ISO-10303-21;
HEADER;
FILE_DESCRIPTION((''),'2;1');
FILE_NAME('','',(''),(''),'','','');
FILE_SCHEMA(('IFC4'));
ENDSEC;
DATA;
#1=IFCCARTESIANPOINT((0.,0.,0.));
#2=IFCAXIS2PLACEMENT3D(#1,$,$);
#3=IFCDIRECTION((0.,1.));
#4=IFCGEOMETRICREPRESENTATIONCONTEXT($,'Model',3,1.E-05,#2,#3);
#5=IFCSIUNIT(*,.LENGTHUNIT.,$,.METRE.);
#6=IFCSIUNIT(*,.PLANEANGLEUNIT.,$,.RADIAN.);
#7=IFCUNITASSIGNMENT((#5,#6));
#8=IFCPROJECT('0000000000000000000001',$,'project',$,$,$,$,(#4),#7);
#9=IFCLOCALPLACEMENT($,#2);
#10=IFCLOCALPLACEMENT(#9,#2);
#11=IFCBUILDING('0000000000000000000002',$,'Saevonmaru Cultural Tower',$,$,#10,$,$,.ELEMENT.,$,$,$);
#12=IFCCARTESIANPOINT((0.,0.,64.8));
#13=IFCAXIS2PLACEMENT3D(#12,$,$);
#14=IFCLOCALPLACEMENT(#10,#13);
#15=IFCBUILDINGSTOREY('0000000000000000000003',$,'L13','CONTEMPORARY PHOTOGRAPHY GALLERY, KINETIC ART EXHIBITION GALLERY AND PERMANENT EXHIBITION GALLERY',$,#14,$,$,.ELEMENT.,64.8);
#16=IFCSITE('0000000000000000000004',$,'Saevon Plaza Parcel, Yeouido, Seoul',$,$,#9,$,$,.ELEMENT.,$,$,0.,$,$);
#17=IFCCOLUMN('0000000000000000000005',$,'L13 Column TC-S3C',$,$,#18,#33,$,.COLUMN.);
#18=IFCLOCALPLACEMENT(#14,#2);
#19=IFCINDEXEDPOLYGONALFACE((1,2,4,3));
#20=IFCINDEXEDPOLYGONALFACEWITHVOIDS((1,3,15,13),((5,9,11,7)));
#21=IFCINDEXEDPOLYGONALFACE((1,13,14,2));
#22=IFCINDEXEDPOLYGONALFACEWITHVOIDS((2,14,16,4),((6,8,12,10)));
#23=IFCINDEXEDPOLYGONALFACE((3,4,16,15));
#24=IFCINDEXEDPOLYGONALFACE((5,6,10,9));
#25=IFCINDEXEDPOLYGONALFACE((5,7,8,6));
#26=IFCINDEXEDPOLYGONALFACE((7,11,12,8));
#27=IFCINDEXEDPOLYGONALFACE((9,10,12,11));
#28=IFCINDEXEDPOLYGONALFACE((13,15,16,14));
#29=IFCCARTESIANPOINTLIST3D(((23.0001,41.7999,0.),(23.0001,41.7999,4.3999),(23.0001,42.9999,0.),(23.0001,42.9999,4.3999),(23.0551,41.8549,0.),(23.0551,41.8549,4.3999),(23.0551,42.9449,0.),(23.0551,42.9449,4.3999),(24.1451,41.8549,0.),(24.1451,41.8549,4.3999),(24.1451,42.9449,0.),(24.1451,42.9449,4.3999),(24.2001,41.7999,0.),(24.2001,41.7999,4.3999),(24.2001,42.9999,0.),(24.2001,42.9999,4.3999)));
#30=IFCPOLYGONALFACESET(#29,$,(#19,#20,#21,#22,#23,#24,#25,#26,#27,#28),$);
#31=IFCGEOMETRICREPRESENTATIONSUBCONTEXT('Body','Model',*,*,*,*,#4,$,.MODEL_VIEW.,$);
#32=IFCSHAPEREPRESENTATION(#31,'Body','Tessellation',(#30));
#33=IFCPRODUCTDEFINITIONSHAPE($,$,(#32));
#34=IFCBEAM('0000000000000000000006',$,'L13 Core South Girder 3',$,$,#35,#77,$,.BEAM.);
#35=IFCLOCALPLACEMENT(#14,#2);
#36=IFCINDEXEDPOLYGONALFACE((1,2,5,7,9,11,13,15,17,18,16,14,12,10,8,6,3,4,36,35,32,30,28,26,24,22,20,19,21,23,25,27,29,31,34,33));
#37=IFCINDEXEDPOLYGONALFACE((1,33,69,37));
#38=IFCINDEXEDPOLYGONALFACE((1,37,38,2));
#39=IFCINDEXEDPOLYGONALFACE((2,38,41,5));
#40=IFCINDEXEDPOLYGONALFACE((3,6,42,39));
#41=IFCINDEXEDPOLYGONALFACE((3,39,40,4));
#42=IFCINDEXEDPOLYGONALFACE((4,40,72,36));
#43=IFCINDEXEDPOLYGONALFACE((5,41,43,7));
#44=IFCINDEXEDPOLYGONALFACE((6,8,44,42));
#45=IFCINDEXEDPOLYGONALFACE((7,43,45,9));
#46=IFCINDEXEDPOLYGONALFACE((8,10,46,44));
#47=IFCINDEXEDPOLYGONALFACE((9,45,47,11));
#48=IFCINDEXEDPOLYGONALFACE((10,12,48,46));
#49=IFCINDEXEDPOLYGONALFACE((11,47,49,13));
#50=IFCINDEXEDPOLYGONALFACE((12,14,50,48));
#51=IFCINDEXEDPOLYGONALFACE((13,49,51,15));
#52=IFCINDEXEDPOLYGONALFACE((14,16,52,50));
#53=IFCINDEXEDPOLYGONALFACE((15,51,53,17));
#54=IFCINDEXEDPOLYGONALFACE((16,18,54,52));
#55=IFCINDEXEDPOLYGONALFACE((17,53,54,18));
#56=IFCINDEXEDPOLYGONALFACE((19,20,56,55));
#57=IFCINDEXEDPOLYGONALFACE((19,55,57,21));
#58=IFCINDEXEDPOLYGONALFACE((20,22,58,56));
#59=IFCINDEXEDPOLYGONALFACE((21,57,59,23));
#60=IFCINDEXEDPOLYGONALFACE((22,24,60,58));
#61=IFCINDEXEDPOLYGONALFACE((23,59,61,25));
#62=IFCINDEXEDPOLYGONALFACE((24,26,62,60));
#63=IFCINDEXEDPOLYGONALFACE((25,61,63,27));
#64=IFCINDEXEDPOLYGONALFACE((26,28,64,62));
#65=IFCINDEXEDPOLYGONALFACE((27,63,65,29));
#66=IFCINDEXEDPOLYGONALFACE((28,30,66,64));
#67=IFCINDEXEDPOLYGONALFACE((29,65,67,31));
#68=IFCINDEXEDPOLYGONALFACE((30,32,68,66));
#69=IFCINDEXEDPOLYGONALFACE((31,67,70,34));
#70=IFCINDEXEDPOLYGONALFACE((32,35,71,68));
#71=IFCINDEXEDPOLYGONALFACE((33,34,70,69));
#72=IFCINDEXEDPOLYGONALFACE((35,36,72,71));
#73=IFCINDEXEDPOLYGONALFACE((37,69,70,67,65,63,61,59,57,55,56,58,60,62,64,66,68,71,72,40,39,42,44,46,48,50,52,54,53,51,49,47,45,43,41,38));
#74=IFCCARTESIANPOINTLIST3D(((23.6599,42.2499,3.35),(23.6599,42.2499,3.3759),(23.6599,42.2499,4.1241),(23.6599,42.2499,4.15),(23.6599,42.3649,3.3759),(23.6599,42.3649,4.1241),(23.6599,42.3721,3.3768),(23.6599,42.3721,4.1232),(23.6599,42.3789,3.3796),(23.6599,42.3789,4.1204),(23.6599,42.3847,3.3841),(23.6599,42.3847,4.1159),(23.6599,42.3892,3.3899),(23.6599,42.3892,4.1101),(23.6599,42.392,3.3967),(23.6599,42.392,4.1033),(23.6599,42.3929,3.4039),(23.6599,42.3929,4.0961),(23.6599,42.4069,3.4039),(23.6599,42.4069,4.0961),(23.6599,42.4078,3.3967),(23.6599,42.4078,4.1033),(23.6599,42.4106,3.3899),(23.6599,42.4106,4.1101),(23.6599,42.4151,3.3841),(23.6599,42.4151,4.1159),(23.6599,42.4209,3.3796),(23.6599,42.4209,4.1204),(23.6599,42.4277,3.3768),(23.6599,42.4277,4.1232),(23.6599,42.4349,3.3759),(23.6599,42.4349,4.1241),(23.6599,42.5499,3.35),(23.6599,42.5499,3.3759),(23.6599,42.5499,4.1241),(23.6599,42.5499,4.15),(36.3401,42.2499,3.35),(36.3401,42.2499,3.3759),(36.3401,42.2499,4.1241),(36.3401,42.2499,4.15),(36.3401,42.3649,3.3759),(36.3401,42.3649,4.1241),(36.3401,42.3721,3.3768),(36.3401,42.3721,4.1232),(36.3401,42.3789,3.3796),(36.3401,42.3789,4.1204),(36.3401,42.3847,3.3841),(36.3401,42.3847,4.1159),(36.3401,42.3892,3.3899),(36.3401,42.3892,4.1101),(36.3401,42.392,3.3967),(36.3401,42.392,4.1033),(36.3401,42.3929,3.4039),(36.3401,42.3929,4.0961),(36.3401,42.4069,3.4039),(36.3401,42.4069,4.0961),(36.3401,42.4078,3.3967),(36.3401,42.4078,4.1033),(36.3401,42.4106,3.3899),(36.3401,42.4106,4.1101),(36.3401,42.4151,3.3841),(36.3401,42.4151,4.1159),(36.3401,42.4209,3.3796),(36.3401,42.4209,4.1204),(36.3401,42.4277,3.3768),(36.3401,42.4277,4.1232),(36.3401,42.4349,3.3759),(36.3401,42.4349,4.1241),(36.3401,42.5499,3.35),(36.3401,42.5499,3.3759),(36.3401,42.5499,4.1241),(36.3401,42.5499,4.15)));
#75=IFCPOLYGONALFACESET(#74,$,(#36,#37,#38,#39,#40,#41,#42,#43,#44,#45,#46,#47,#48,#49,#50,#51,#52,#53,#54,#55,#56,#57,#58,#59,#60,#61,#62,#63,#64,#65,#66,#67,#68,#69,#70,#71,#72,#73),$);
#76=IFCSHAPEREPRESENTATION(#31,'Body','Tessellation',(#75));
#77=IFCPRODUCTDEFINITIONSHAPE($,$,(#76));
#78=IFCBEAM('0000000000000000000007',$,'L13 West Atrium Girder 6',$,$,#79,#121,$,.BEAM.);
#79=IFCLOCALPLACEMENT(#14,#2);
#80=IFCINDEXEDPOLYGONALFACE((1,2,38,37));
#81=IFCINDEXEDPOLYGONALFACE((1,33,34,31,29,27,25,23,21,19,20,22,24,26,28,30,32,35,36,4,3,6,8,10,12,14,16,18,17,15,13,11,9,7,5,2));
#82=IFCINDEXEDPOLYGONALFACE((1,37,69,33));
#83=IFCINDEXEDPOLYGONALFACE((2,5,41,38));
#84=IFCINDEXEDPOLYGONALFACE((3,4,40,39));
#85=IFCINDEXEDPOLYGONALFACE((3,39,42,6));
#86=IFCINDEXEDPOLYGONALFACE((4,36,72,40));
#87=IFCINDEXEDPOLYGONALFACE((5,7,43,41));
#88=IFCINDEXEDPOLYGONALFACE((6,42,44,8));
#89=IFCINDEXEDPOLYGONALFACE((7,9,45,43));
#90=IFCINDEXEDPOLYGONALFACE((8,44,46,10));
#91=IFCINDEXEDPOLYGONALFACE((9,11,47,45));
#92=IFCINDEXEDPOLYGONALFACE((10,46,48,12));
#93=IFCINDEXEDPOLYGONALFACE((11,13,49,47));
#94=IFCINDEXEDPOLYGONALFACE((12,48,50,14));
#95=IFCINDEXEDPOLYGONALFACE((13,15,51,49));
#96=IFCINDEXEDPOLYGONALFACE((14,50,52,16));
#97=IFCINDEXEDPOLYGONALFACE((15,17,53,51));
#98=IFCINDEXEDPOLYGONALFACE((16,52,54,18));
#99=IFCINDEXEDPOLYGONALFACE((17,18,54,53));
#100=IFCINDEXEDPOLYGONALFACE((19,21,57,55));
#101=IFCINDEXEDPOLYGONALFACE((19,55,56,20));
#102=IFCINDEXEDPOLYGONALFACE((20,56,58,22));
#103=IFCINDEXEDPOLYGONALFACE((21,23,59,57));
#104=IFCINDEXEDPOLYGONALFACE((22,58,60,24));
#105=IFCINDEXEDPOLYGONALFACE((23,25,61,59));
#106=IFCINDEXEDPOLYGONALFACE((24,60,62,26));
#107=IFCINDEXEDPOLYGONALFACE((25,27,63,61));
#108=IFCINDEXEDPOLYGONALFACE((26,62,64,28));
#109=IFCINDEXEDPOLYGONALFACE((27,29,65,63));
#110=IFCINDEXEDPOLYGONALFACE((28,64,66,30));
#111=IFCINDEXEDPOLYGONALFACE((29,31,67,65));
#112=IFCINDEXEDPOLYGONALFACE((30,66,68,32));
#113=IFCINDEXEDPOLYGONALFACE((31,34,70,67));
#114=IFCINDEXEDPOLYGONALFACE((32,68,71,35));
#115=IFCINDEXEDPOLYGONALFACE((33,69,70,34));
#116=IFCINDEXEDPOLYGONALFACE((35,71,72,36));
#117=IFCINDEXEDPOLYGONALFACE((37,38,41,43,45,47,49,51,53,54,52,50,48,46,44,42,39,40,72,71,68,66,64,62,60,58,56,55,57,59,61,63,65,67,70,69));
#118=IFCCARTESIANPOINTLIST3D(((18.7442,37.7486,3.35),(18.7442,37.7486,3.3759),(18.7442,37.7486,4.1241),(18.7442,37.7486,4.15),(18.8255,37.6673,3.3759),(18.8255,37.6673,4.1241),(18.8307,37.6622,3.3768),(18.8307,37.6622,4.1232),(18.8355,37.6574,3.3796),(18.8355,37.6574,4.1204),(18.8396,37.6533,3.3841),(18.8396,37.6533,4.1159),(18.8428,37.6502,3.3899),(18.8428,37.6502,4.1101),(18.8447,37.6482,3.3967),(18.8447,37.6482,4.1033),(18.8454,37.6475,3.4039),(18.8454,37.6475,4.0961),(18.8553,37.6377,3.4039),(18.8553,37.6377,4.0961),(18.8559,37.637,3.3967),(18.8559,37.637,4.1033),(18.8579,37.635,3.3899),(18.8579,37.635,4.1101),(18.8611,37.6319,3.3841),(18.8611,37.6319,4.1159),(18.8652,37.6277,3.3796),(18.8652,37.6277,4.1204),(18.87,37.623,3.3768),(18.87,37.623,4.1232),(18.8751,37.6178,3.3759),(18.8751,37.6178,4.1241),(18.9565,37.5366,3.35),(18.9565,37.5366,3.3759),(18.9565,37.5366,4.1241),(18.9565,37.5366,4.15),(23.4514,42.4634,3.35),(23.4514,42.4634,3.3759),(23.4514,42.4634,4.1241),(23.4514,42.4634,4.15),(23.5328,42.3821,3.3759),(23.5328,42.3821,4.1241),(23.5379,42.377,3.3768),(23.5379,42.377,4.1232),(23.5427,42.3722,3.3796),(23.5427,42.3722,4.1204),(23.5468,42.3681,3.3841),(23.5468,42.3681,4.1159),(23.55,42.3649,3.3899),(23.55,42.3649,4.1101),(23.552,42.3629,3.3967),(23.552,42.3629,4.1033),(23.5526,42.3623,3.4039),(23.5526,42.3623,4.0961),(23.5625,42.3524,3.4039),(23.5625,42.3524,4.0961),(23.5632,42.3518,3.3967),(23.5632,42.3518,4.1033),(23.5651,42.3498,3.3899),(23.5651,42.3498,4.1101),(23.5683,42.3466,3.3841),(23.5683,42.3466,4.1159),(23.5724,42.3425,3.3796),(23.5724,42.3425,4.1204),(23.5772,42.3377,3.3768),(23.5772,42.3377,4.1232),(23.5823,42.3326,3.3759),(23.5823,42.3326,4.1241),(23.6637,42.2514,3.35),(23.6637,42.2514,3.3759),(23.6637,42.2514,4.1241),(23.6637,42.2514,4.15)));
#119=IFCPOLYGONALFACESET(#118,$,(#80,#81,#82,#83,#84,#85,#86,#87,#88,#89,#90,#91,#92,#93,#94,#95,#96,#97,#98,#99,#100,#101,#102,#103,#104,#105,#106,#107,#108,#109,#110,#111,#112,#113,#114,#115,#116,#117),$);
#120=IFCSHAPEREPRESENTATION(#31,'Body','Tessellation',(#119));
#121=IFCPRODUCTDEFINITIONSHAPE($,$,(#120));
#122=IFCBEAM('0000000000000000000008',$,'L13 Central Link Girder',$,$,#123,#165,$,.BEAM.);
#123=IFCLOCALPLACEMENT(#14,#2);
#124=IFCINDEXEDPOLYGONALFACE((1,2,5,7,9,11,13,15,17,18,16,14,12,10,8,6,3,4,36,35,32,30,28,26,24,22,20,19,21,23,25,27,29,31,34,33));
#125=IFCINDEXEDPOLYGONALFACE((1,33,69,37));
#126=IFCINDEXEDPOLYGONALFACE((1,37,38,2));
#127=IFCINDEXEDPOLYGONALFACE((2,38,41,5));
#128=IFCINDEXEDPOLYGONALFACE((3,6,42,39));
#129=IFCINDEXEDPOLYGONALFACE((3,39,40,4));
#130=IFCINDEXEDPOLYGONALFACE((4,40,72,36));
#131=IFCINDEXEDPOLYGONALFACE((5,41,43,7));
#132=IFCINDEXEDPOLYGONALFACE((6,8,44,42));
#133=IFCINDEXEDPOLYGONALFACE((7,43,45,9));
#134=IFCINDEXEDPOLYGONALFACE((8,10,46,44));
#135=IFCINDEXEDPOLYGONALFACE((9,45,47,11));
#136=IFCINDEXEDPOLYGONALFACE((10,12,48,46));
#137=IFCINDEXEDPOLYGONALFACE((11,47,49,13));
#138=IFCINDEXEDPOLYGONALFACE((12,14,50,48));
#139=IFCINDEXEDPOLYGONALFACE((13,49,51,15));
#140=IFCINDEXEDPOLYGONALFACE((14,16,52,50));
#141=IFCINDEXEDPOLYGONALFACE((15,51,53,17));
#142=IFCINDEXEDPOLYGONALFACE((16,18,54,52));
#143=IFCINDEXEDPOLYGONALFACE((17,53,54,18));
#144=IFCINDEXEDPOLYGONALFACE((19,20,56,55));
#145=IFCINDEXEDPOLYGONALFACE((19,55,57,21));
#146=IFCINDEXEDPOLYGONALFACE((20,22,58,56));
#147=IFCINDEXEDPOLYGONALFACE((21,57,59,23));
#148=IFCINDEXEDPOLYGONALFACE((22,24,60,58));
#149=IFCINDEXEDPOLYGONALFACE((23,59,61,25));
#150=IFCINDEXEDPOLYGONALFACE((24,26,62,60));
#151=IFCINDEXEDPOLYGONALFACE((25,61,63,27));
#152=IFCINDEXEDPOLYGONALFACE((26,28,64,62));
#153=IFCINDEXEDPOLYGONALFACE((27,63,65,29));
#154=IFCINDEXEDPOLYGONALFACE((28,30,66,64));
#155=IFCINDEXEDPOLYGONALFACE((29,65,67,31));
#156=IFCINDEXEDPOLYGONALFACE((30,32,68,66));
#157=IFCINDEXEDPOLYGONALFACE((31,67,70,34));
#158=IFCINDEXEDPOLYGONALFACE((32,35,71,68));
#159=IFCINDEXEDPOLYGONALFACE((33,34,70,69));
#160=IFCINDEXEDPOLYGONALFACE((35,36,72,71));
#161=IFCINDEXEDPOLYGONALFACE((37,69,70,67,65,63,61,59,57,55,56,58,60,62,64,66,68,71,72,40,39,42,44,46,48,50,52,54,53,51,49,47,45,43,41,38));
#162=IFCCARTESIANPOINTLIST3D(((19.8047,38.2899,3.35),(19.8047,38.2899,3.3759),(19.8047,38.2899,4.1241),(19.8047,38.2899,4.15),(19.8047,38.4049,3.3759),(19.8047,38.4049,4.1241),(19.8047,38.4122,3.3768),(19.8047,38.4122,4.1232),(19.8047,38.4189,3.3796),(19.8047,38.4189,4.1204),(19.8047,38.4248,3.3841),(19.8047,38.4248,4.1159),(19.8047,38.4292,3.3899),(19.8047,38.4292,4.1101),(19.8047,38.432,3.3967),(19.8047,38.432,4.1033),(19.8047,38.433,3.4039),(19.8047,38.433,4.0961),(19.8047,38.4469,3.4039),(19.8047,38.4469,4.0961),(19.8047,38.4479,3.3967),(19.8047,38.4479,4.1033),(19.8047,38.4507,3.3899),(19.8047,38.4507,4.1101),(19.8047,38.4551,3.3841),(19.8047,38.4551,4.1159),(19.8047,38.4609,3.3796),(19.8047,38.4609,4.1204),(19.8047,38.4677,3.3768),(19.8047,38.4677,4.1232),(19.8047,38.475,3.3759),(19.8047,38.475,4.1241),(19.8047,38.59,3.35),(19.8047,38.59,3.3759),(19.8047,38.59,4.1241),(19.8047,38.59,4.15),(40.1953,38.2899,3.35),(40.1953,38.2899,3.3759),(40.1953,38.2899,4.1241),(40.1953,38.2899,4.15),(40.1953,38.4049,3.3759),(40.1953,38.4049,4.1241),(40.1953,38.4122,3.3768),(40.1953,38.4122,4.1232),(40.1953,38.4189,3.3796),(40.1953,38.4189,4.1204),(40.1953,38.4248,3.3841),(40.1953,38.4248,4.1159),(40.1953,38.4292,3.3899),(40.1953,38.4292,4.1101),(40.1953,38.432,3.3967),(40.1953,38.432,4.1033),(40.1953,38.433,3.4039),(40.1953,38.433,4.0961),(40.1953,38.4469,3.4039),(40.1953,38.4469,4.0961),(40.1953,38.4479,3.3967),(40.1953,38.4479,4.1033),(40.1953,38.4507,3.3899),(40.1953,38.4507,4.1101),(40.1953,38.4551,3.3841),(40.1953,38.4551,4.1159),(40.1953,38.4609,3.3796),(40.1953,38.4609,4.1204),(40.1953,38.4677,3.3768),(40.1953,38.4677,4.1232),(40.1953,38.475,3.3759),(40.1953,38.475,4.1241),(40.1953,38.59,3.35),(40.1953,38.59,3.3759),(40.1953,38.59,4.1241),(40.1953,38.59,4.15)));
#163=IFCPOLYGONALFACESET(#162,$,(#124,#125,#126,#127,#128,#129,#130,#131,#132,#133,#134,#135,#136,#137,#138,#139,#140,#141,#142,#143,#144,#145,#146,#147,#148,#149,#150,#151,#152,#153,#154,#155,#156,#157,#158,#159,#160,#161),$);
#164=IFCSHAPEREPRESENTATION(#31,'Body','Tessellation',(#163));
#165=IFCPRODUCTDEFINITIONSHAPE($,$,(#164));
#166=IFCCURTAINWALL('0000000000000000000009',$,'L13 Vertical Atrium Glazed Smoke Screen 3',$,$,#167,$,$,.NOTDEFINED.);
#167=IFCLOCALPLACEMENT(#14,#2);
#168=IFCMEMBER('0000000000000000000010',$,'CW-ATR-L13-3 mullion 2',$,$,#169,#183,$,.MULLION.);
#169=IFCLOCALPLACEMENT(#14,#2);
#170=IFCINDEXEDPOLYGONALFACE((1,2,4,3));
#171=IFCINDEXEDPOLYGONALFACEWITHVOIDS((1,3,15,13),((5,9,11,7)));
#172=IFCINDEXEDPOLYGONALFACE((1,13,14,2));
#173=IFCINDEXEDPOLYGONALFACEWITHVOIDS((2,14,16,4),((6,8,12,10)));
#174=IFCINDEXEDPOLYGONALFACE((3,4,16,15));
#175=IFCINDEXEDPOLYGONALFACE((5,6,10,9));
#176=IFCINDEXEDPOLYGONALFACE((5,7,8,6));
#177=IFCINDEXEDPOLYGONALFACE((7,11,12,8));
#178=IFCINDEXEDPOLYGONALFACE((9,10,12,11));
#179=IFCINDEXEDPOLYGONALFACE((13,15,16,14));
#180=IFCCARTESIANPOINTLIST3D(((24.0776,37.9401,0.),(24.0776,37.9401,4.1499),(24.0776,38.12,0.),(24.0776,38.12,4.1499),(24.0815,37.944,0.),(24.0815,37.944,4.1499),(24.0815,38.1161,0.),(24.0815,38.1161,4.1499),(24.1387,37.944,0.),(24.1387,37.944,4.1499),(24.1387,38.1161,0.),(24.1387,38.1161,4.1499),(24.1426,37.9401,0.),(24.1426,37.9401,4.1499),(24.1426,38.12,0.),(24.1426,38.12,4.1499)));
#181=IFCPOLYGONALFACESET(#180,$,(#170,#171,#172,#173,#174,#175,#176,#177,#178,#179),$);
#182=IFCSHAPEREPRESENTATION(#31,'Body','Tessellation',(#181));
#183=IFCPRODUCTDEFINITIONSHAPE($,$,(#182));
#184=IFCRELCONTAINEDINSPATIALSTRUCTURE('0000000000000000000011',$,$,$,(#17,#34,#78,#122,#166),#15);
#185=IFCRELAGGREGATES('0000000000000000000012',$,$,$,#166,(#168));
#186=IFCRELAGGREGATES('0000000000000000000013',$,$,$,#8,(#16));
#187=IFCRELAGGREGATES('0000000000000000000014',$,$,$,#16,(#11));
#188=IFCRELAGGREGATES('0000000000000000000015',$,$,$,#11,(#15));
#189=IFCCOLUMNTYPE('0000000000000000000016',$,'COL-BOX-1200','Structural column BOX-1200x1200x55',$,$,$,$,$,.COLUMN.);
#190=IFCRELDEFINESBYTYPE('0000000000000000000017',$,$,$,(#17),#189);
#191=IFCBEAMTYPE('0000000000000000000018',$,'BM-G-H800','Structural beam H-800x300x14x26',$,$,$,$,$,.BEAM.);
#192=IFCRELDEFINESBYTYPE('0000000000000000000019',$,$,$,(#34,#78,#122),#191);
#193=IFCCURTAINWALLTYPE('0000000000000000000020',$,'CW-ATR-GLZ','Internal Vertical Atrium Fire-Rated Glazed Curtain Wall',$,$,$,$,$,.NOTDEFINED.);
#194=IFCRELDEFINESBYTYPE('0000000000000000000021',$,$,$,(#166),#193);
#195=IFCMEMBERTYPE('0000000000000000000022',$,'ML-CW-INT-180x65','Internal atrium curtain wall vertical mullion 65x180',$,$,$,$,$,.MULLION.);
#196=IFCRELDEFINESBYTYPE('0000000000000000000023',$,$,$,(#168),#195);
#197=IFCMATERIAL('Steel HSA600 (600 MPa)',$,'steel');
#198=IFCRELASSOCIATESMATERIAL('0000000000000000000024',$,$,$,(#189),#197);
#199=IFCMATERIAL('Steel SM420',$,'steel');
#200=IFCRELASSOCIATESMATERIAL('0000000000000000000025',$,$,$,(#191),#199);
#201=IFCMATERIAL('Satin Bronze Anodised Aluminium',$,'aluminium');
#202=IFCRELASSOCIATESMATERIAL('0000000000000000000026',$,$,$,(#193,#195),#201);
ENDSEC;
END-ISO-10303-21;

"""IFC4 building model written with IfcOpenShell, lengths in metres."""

from ifc_helpers import new_model, si_unit, direction, frame, origin, origin_2d, place, context, subcontext, project, spatial, hollow_rectangle, i_section, extrude, material, material_profile, profile_set, type_object, element, aggregate, save


model = new_model("IFC4")

# Units and contexts
model_context = context("Model", 3, precision=1e-05, world=origin(), true_north=direction((0.0, 1.0)))
body_context = subcontext(model_context, "Body", "Model", "MODEL_VIEW")
ifc_project = project(units=[si_unit("LENGTHUNIT", "METRE"), si_unit("PLANEANGLEUNIT", "RADIAN")], contexts=[model_context])

# Site, building, storey
site_placement = place(None, origin())
site = spatial("IfcSite", under=ifc_project, at=site_placement, Name="Saevon Plaza Parcel, Yeouido, Seoul", CompositionType="ELEMENT", RefElevation=0.0)
building_placement = place(site_placement, origin())
building = spatial("IfcBuilding", under=site, at=building_placement, Name="Saevonmaru Cultural Tower", CompositionType="ELEMENT")
storey_placement = place(building_placement, frame((0.0, 0.0, 64.8)))
storey = spatial("IfcBuildingStorey", under=building, at=storey_placement, Name="L13", Description="CONTEMPORARY PHOTOGRAPHY GALLERY, KINETIC ART EXHIBITION GALLERY AND PERMANENT EXHIBITION GALLERY", CompositionType="ELEMENT", Elevation=64.8)

# Column
ifc_material_1 = material(Name="Steel HSA600 (600 MPa)", Category="steel")
ifc_material_profile_1 = material_profile(ifc_material_1, hollow_rectangle(XDim=1.2, YDim=1.2, WallThickness=0.0549, at=origin_2d()), Name="BOX-1200x1200x55")
ifc_profile_set_1 = profile_set([ifc_material_profile_1], Name="Steel HSA600 (600 MPa)")
column_type = type_object("IfcColumnType", Name="COL-BOX-1200", Description="Structural column BOX-1200x1200x55", PredefinedType="COLUMN", material=ifc_profile_set_1)
column_placement = place(storey_placement, frame((23.6001, 42.3999, 0.0), z_axis=(0.0, 0.0, 1.0), x_axis=(1.0, 0.0, 0.0)))
element("IfcColumn", 1, at=column_placement, inside=storey, type_object=column_type, Name="L13 Column TC-S3C", PredefinedType="COLUMN", context=body_context, shape_type="SweptSolid", body=[
    extrude(hollow_rectangle(XDim=1.2, YDim=1.2, WallThickness=0.0549, at=origin_2d()), origin(), (0.0, 0.0, 1.0), 4.3999),
])

# Beams
ifc_material_2 = material(Name="Steel SM420", Category="steel")
ifc_material_profile_2 = material_profile(ifc_material_2, i_section(OverallWidth=0.3, OverallDepth=0.8, WebThickness=0.0139, FlangeThickness=0.0259, FilletRadius=0.0281, at=origin_2d()), Name="H-800x300x14x26")
ifc_profile_set_2 = profile_set([ifc_material_profile_2], Name="Steel SM420")
beam_type = type_object("IfcBeamType", Name="BM-G-H800", Description="Structural beam H-800x300x14x26", PredefinedType="BEAM", material=ifc_profile_set_2)
beam_1_placement = place(storey_placement, frame((23.6599, 42.3999, 3.75), z_axis=(1.0, 0.0, 0.0), x_axis=(0.0, 1.0, 0.0)))
element("IfcBeam", 2, at=beam_1_placement, inside=storey, type_object=beam_type, Name="L13 Core South Girder 3", PredefinedType="BEAM", context=body_context, shape_type="SweptSolid", body=[
    extrude(i_section(OverallWidth=0.3, OverallDepth=0.8, WebThickness=0.0139, FlangeThickness=0.0259, FilletRadius=0.0281, at=origin_2d()), origin(), (0.0, 0.0, 1.0), 12.6802),
])
beam_2_placement = place(storey_placement, frame((18.8503, 37.6426, 3.75), z_axis=(0.706539, 0.707675, 0.0), x_axis=(-0.707675, 0.706539, 0.0)))
element("IfcBeam", 3, at=beam_2_placement, inside=storey, type_object=beam_type, Name="L13 West Atrium Girder 6", PredefinedType="BEAM", context=body_context, shape_type="SweptSolid", body=[
    extrude(i_section(OverallWidth=0.3, OverallDepth=0.8, WebThickness=0.0139, FlangeThickness=0.0259, FilletRadius=0.0281, at=origin_2d()), origin(), (0.0, 0.0, 1.0), 6.6624),
])
beam_3_placement = place(storey_placement, frame((19.8047, 38.4399, 3.75), z_axis=(1.0, 0.0, 0.0), x_axis=(0.0, 1.0, 0.0)))
element("IfcBeam", 4, at=beam_3_placement, inside=storey, type_object=beam_type, Name="L13 Central Link Girder", PredefinedType="BEAM", context=body_context, shape_type="SweptSolid", body=[
    extrude(i_section(OverallWidth=0.3, OverallDepth=0.8, WebThickness=0.0139, FlangeThickness=0.0259, FilletRadius=0.0281, at=origin_2d()), origin(), (0.0, 0.0, 1.0), 20.3906),
])

# Curtain wall, member
ifc_material_3 = material(Name="Satin Bronze Anodised Aluminium", Category="aluminium")
curtain_wall_type = type_object("IfcCurtainWallType", Name="CW-ATR-GLZ", Description="Internal Vertical Atrium Fire-Rated Glazed Curtain Wall", PredefinedType="NOTDEFINED", material=ifc_material_3)
curtain_wall_1_placement = place(storey_placement, origin())
curtain_wall_1 = element("IfcCurtainWall", 5, at=curtain_wall_1_placement, inside=storey, type_object=curtain_wall_type, Name="L13 Vertical Atrium Glazed Smoke Screen 3", PredefinedType="NOTDEFINED")
ifc_material_profile_3 = material_profile(ifc_material_3, hollow_rectangle(XDim=0.0649, YDim=0.1799, WallThickness=0.0039, at=origin_2d()), Name="ALU-MULL-180x65x4")
ifc_profile_set_3 = profile_set([ifc_material_profile_3], Name="Satin Bronze Anodised Aluminium")
member_type_1 = type_object("IfcMemberType", Name="ML-CW-INT-180x65", Description="Internal atrium curtain wall vertical mullion 65x180", PredefinedType="MULLION", material=ifc_profile_set_3)
member_1_placement = place(storey_placement, frame((24.1101, 38.03, 0.0), z_axis=(0.0, 0.0, 1.0), x_axis=(-1.0, 0.0, 0.0)))
member_1 = element("IfcMember", 6, at=member_1_placement, type_object=member_type_1, Name="CW-ATR-L13-3 mullion 2", PredefinedType="MULLION", context=body_context, shape_type="SweptSolid", body=[
    extrude(hollow_rectangle(XDim=0.0649, YDim=0.1799, WallThickness=0.0039, at=origin_2d()), origin(), (0.0, 0.0, 1.0), 4.1499),
])
aggregate(curtain_wall_1, [member_1])

save(model, "model.ifc")
